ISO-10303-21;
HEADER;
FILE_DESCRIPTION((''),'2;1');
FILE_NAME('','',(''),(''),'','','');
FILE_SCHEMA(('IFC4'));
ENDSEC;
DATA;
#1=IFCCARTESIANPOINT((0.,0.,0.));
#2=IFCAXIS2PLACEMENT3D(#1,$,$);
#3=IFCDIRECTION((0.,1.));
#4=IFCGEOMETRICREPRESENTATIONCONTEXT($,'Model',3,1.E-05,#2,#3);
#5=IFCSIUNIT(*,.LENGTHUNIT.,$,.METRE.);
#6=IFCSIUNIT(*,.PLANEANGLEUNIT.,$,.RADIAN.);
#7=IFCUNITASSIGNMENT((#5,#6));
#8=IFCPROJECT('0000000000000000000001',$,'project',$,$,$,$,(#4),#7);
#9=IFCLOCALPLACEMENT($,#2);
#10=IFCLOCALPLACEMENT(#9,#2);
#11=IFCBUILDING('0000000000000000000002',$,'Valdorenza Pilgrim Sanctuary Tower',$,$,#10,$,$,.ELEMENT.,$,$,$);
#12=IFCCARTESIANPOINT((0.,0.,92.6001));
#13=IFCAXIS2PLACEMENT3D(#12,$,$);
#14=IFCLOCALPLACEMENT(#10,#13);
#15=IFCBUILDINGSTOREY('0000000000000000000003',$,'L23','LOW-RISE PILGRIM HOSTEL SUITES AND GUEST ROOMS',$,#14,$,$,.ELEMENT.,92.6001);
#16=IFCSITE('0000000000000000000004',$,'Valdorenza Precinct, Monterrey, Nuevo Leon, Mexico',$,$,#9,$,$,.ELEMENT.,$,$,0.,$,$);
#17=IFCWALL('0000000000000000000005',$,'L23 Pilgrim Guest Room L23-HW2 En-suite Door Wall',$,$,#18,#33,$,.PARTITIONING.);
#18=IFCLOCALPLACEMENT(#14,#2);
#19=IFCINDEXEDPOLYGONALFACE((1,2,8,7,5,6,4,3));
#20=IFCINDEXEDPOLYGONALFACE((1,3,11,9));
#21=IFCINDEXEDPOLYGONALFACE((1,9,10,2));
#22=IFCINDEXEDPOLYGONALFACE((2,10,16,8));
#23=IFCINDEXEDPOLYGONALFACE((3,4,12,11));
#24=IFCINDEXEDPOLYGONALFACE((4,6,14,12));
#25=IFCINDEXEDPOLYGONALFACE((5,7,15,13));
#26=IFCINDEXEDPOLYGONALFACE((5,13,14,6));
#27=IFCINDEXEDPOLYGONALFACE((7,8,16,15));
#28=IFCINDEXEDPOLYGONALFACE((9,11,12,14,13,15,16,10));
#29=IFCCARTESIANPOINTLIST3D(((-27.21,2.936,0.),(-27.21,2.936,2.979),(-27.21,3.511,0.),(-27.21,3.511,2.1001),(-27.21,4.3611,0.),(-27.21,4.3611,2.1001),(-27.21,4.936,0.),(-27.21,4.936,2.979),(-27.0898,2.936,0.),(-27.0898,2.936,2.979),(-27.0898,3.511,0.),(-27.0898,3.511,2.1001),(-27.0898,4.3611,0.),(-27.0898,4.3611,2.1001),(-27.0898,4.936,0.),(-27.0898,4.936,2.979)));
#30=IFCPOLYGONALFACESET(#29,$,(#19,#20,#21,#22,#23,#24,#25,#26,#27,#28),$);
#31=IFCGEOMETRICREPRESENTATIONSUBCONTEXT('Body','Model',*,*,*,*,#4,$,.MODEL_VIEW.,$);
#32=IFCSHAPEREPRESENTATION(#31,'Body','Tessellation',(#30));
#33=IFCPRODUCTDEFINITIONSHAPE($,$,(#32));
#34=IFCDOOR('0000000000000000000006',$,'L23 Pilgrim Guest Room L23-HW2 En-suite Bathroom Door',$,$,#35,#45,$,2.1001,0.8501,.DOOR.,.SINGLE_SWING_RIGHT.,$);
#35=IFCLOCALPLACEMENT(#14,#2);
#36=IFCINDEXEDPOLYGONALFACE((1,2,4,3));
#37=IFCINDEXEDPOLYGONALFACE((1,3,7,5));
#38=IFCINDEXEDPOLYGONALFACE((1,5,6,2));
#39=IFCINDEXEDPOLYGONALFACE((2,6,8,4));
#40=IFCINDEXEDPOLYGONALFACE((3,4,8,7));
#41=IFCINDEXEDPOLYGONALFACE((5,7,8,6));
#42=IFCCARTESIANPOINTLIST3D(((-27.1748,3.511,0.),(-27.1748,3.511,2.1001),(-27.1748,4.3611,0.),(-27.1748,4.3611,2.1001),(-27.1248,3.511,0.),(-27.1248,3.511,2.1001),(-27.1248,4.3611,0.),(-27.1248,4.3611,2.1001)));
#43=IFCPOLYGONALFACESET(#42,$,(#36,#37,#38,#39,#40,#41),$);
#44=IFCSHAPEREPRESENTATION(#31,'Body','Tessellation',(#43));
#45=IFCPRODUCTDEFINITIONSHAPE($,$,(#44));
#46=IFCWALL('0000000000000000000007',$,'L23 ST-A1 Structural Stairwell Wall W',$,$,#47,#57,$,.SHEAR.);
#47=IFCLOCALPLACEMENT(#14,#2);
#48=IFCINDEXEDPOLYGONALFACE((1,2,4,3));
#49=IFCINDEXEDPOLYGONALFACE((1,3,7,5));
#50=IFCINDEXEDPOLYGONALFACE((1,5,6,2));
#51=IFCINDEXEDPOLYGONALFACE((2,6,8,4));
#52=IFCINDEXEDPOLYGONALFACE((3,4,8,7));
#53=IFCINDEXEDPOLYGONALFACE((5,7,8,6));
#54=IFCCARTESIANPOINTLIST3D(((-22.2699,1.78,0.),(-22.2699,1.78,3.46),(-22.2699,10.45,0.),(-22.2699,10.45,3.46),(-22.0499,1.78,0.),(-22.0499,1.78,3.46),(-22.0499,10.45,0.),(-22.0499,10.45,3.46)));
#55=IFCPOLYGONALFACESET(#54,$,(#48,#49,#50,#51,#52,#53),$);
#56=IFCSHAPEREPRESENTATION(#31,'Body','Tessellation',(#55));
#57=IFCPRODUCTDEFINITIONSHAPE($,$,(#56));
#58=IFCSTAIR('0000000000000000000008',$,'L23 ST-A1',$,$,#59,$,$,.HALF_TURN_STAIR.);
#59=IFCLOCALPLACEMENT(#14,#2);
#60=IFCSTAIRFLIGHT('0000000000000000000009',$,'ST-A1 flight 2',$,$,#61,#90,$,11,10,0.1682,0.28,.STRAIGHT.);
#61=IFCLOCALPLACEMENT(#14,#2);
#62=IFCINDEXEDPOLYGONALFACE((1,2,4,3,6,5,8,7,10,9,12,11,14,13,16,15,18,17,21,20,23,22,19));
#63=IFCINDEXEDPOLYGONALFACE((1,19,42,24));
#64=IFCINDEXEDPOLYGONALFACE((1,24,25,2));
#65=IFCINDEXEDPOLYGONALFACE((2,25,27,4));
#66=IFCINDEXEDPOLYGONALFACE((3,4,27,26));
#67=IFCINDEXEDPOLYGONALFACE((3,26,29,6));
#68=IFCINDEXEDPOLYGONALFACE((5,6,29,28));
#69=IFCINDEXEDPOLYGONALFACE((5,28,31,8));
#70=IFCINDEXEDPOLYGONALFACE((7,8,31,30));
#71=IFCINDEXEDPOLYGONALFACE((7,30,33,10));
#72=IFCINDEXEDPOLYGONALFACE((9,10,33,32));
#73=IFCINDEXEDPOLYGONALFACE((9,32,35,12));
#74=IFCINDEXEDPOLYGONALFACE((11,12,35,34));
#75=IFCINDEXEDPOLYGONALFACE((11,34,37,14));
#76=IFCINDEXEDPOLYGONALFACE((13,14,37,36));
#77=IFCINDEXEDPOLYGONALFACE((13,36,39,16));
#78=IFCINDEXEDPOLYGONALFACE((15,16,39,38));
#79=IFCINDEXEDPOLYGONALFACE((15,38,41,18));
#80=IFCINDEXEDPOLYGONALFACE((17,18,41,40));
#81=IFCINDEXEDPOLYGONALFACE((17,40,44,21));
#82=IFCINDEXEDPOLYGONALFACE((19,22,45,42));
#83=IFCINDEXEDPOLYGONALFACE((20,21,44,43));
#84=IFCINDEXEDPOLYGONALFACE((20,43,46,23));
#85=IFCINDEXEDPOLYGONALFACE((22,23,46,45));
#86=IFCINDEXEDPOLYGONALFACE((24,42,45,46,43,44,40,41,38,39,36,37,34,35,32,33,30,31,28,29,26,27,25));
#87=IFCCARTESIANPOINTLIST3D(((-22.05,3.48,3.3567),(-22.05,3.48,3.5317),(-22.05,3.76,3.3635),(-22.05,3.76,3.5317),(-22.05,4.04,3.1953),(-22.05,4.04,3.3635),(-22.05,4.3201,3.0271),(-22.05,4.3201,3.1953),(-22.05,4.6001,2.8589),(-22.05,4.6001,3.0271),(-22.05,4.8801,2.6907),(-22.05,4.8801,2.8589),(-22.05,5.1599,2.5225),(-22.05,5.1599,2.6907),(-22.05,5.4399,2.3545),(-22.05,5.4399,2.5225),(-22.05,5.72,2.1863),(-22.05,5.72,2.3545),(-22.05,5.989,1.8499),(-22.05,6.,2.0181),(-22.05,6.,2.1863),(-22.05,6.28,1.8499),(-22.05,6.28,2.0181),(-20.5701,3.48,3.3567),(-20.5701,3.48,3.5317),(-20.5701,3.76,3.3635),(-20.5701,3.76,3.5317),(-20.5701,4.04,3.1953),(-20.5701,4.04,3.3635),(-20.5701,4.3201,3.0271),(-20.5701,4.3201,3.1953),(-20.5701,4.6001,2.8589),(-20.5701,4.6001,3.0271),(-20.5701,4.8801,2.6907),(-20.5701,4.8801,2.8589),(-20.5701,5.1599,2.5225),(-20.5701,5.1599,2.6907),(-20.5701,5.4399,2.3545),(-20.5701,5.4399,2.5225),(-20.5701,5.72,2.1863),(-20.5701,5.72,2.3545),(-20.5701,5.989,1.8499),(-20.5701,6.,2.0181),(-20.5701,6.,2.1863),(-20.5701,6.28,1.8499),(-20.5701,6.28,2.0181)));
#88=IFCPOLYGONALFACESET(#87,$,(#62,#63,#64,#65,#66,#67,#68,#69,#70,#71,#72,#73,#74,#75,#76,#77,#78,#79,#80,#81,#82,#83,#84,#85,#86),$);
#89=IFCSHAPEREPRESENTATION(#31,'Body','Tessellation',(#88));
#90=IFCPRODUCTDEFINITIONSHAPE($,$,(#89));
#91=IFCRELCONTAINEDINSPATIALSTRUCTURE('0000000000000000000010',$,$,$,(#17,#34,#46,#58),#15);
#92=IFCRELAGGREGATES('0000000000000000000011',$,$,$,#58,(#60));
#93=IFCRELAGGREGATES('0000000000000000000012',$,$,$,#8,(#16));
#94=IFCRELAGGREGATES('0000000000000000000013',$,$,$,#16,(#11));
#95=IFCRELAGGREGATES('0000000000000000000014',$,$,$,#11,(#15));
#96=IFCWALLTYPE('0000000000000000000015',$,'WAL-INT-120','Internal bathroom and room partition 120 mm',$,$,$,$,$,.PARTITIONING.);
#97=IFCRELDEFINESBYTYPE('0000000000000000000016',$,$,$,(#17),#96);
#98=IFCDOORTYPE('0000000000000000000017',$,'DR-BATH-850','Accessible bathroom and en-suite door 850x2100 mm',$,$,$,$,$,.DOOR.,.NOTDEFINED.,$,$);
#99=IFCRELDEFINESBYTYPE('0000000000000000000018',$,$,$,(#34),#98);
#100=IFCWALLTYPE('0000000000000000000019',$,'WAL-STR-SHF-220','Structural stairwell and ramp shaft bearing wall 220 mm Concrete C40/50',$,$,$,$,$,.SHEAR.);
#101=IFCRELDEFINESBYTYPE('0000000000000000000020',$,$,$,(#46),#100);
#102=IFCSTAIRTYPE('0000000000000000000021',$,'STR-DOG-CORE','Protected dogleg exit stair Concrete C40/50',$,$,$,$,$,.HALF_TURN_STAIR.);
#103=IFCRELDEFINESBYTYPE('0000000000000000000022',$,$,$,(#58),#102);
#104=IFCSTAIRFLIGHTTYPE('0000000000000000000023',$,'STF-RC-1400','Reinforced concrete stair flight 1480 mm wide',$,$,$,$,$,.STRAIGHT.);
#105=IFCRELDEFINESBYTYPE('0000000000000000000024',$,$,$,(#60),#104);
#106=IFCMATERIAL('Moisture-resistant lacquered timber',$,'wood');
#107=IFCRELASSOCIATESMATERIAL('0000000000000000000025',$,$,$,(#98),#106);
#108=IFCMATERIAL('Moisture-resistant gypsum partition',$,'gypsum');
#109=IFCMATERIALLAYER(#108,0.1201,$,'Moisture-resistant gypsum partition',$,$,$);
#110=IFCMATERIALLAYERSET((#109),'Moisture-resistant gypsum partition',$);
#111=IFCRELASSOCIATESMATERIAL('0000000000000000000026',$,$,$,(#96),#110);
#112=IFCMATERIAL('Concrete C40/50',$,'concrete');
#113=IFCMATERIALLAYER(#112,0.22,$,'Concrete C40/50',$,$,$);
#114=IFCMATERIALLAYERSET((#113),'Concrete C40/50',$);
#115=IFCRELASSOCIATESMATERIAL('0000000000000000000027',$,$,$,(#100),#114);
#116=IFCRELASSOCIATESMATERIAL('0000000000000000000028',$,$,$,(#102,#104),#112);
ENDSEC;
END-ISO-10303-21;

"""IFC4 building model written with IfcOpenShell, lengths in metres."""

from ifc_helpers import new_model, si_unit, direction, frame, frame_2d, origin, place, context, subcontext, project, spatial, polyline, rectangle, outline, extrude, material, layer, layer_set, type_object, element, fill, aggregate, save


model = new_model("IFC4")

# Units and contexts
model_context = context("Model", 3, precision=1e-05, world=origin(), true_north=direction((0.0, 1.0)))
body_context = subcontext(model_context, "Body", "Model", "MODEL_VIEW")
ifc_project = project(units=[si_unit("LENGTHUNIT", "METRE"), si_unit("PLANEANGLEUNIT", "RADIAN")], contexts=[model_context])

# Site, building, storey
site_placement = place(None, origin())
site = spatial("IfcSite", under=ifc_project, at=site_placement, Name="Valdorenza Precinct, Monterrey, Nuevo Leon, Mexico", CompositionType="ELEMENT", RefElevation=0.0)
building_placement = place(site_placement, origin())
building = spatial("IfcBuilding", under=site, at=building_placement, Name="Valdorenza Pilgrim Sanctuary Tower", CompositionType="ELEMENT")
storey_placement = place(building_placement, frame((0.0, 0.0, 92.6001)))
storey = spatial("IfcBuildingStorey", under=building, at=storey_placement, Name="L23", Description="LOW-RISE PILGRIM HOSTEL SUITES AND GUEST ROOMS", CompositionType="ELEMENT", Elevation=92.6001)

# Shared definitions
ifc_material_1 = material(Name="Moisture-resistant lacquered timber", Category="wood")
door_type_1 = type_object("IfcDoorType", Name="DR-BATH-850", Description="Accessible bathroom and en-suite door 850x2100 mm", OperationType="NOTDEFINED", PredefinedType="DOOR", material=ifc_material_1)

# Shared definitions
ifc_material_2 = material(Name="Moisture-resistant gypsum partition", Category="gypsum")
ifc_layer_1 = layer(ifc_material_2, 0.1201, Name="Moisture-resistant gypsum partition")
ifc_layer_set_1 = layer_set([ifc_layer_1], Name="Moisture-resistant gypsum partition")
wall_type_1 = type_object("IfcWallType", Name="WAL-INT-120", Description="Internal bathroom and room partition 120 mm", PredefinedType="PARTITIONING", material=ifc_layer_set_1)

# Wall, opening, door
wall_1_placement = place(storey_placement, frame((-27.1499, 2.936, 0.0), z_axis=(0.0, 0.0, 1.0), x_axis=(0.0, 1.0, 0.0)))
wall_1 = element("IfcWall", 1, at=wall_1_placement, inside=storey, type_object=wall_type_1, Name="L23 Pilgrim Guest Room L23-HW2 En-suite Door Wall", PredefinedType="PARTITIONING", context=body_context, shape_type="SweptSolid", body=[
    extrude(rectangle(XDim=2.0, YDim=0.1201, at=frame_2d((1.0, 0.0))), origin(), (0.0, 0.0, 1.0), 2.979),
])
opening_1_placement = place(wall_1_placement, frame((0.575, 0.0, 0.0)))
opening_1 = element("IfcOpeningElement", 2, at=opening_1_placement, cuts=wall_1, PredefinedType="OPENING", context=body_context, shape_type="SweptSolid", body=[
    extrude(rectangle(XDim=0.8501, YDim=2.1001, at=frame_2d((0.425, 1.05))), frame((0.0, 0.075, 0.0), z_axis=(0.0, -1.0, 0.0), x_axis=(1.0, 0.0, 0.0)), (0.0, 0.0, 1.0), 0.1499),
])
door_1_placement = place(opening_1_placement, origin())
door_1 = element("IfcDoor", 3, at=door_1_placement, inside=storey, type_object=door_type_1, Name="L23 Pilgrim Guest Room L23-HW2 En-suite Bathroom Door", OperationType="SINGLE_SWING_RIGHT", OverallHeight=2.1001, OverallWidth=0.8501, PredefinedType="DOOR", context=body_context, shape_type="SweptSolid", body=[
    extrude(rectangle(XDim=0.8501, YDim=2.1001, at=frame_2d((0.425, 1.05))), frame((0.0, 0.0249, 0.0), z_axis=(0.0, -1.0, 0.0), x_axis=(1.0, 0.0, 0.0)), (0.0, 0.0, 1.0), 0.05),
])
fill(opening_1, door_1)

# Wall
ifc_material_3 = material(Name="Concrete C40/50", Category="concrete")
ifc_layer_2 = layer(ifc_material_3, 0.22, Name="Concrete C40/50")
ifc_layer_set_2 = layer_set([ifc_layer_2], Name="Concrete C40/50")
wall_type_2 = type_object("IfcWallType", Name="WAL-STR-SHF-220", Description="Structural stairwell and ramp shaft bearing wall 220 mm Concrete C40/50", PredefinedType="SHEAR", material=ifc_layer_set_2)
wall_2_placement = place(storey_placement, frame((-22.1599, 1.78, 0.0), z_axis=(0.0, 0.0, 1.0), x_axis=(0.0, 1.0, 0.0)))
element("IfcWall", 4, at=wall_2_placement, inside=storey, type_object=wall_type_2, Name="L23 ST-A1 Structural Stairwell Wall W", PredefinedType="SHEAR", context=body_context, shape_type="SweptSolid", body=[
    extrude(rectangle(XDim=8.6699, YDim=0.22, at=frame_2d((4.335, 0.0))), origin(), (0.0, 0.0, 1.0), 3.46),
])

# Stair, stair flight
stair_type = type_object("IfcStairType", Name="STR-DOG-CORE", Description="Protected dogleg exit stair Concrete C40/50", PredefinedType="HALF_TURN_STAIR", material=ifc_material_3)
stair_placement = place(storey_placement, origin())
stair = element("IfcStair", 5, at=stair_placement, inside=storey, type_object=stair_type, Name="L23 ST-A1", PredefinedType="HALF_TURN_STAIR")
stair_flight_type = type_object("IfcStairFlightType", Name="STF-RC-1400", Description="Reinforced concrete stair flight 1480 mm wide", PredefinedType="STRAIGHT", material=ifc_material_3)
stair_flight_placement = place(storey_placement, frame((-21.3101, 6.28, 1.8499), z_axis=(0.0, 0.0, 1.0), x_axis=(0.0, -1.0, 0.0)))
stair_flight = element("IfcStairFlight", 6, at=stair_flight_placement, type_object=stair_flight_type, Name="ST-A1 flight 2", NumberOfRisers=11, NumberOfTreads=10, PredefinedType="STRAIGHT", RiserHeight=0.1682, TreadLength=0.28, context=body_context, shape_type="SweptSolid", body=[
    extrude(outline(polyline([(0.0, 0.0), (0.0, 0.1682), (0.28, 0.1682), (0.28, 0.3364), (0.5601, 0.3364), (0.5601, 0.5046), (0.8401, 0.5046), (0.8401, 0.6726), (1.1201, 0.6726), (1.1201, 0.8408), (1.3999, 0.8408), (1.3999, 1.009), (1.6799, 1.009), (1.6799, 1.1772), (1.96, 1.1772), (1.96, 1.3455), (2.24, 1.3455), (2.24, 1.5137), (2.52, 1.5137), (2.52, 1.6819), (2.8, 1.6819), (2.8, 1.8501), (2.8, 1.5068), (0.291, 0.0), (0.0, 0.0)])), frame((0.0, 0.74, 0.0), z_axis=(0.0, -1.0, 0.0), x_axis=(1.0, 0.0, 0.0)), (0.0, 0.0, 1.0), 1.48),
])
aggregate(stair, [stair_flight])

save(model, "model.ifc")
